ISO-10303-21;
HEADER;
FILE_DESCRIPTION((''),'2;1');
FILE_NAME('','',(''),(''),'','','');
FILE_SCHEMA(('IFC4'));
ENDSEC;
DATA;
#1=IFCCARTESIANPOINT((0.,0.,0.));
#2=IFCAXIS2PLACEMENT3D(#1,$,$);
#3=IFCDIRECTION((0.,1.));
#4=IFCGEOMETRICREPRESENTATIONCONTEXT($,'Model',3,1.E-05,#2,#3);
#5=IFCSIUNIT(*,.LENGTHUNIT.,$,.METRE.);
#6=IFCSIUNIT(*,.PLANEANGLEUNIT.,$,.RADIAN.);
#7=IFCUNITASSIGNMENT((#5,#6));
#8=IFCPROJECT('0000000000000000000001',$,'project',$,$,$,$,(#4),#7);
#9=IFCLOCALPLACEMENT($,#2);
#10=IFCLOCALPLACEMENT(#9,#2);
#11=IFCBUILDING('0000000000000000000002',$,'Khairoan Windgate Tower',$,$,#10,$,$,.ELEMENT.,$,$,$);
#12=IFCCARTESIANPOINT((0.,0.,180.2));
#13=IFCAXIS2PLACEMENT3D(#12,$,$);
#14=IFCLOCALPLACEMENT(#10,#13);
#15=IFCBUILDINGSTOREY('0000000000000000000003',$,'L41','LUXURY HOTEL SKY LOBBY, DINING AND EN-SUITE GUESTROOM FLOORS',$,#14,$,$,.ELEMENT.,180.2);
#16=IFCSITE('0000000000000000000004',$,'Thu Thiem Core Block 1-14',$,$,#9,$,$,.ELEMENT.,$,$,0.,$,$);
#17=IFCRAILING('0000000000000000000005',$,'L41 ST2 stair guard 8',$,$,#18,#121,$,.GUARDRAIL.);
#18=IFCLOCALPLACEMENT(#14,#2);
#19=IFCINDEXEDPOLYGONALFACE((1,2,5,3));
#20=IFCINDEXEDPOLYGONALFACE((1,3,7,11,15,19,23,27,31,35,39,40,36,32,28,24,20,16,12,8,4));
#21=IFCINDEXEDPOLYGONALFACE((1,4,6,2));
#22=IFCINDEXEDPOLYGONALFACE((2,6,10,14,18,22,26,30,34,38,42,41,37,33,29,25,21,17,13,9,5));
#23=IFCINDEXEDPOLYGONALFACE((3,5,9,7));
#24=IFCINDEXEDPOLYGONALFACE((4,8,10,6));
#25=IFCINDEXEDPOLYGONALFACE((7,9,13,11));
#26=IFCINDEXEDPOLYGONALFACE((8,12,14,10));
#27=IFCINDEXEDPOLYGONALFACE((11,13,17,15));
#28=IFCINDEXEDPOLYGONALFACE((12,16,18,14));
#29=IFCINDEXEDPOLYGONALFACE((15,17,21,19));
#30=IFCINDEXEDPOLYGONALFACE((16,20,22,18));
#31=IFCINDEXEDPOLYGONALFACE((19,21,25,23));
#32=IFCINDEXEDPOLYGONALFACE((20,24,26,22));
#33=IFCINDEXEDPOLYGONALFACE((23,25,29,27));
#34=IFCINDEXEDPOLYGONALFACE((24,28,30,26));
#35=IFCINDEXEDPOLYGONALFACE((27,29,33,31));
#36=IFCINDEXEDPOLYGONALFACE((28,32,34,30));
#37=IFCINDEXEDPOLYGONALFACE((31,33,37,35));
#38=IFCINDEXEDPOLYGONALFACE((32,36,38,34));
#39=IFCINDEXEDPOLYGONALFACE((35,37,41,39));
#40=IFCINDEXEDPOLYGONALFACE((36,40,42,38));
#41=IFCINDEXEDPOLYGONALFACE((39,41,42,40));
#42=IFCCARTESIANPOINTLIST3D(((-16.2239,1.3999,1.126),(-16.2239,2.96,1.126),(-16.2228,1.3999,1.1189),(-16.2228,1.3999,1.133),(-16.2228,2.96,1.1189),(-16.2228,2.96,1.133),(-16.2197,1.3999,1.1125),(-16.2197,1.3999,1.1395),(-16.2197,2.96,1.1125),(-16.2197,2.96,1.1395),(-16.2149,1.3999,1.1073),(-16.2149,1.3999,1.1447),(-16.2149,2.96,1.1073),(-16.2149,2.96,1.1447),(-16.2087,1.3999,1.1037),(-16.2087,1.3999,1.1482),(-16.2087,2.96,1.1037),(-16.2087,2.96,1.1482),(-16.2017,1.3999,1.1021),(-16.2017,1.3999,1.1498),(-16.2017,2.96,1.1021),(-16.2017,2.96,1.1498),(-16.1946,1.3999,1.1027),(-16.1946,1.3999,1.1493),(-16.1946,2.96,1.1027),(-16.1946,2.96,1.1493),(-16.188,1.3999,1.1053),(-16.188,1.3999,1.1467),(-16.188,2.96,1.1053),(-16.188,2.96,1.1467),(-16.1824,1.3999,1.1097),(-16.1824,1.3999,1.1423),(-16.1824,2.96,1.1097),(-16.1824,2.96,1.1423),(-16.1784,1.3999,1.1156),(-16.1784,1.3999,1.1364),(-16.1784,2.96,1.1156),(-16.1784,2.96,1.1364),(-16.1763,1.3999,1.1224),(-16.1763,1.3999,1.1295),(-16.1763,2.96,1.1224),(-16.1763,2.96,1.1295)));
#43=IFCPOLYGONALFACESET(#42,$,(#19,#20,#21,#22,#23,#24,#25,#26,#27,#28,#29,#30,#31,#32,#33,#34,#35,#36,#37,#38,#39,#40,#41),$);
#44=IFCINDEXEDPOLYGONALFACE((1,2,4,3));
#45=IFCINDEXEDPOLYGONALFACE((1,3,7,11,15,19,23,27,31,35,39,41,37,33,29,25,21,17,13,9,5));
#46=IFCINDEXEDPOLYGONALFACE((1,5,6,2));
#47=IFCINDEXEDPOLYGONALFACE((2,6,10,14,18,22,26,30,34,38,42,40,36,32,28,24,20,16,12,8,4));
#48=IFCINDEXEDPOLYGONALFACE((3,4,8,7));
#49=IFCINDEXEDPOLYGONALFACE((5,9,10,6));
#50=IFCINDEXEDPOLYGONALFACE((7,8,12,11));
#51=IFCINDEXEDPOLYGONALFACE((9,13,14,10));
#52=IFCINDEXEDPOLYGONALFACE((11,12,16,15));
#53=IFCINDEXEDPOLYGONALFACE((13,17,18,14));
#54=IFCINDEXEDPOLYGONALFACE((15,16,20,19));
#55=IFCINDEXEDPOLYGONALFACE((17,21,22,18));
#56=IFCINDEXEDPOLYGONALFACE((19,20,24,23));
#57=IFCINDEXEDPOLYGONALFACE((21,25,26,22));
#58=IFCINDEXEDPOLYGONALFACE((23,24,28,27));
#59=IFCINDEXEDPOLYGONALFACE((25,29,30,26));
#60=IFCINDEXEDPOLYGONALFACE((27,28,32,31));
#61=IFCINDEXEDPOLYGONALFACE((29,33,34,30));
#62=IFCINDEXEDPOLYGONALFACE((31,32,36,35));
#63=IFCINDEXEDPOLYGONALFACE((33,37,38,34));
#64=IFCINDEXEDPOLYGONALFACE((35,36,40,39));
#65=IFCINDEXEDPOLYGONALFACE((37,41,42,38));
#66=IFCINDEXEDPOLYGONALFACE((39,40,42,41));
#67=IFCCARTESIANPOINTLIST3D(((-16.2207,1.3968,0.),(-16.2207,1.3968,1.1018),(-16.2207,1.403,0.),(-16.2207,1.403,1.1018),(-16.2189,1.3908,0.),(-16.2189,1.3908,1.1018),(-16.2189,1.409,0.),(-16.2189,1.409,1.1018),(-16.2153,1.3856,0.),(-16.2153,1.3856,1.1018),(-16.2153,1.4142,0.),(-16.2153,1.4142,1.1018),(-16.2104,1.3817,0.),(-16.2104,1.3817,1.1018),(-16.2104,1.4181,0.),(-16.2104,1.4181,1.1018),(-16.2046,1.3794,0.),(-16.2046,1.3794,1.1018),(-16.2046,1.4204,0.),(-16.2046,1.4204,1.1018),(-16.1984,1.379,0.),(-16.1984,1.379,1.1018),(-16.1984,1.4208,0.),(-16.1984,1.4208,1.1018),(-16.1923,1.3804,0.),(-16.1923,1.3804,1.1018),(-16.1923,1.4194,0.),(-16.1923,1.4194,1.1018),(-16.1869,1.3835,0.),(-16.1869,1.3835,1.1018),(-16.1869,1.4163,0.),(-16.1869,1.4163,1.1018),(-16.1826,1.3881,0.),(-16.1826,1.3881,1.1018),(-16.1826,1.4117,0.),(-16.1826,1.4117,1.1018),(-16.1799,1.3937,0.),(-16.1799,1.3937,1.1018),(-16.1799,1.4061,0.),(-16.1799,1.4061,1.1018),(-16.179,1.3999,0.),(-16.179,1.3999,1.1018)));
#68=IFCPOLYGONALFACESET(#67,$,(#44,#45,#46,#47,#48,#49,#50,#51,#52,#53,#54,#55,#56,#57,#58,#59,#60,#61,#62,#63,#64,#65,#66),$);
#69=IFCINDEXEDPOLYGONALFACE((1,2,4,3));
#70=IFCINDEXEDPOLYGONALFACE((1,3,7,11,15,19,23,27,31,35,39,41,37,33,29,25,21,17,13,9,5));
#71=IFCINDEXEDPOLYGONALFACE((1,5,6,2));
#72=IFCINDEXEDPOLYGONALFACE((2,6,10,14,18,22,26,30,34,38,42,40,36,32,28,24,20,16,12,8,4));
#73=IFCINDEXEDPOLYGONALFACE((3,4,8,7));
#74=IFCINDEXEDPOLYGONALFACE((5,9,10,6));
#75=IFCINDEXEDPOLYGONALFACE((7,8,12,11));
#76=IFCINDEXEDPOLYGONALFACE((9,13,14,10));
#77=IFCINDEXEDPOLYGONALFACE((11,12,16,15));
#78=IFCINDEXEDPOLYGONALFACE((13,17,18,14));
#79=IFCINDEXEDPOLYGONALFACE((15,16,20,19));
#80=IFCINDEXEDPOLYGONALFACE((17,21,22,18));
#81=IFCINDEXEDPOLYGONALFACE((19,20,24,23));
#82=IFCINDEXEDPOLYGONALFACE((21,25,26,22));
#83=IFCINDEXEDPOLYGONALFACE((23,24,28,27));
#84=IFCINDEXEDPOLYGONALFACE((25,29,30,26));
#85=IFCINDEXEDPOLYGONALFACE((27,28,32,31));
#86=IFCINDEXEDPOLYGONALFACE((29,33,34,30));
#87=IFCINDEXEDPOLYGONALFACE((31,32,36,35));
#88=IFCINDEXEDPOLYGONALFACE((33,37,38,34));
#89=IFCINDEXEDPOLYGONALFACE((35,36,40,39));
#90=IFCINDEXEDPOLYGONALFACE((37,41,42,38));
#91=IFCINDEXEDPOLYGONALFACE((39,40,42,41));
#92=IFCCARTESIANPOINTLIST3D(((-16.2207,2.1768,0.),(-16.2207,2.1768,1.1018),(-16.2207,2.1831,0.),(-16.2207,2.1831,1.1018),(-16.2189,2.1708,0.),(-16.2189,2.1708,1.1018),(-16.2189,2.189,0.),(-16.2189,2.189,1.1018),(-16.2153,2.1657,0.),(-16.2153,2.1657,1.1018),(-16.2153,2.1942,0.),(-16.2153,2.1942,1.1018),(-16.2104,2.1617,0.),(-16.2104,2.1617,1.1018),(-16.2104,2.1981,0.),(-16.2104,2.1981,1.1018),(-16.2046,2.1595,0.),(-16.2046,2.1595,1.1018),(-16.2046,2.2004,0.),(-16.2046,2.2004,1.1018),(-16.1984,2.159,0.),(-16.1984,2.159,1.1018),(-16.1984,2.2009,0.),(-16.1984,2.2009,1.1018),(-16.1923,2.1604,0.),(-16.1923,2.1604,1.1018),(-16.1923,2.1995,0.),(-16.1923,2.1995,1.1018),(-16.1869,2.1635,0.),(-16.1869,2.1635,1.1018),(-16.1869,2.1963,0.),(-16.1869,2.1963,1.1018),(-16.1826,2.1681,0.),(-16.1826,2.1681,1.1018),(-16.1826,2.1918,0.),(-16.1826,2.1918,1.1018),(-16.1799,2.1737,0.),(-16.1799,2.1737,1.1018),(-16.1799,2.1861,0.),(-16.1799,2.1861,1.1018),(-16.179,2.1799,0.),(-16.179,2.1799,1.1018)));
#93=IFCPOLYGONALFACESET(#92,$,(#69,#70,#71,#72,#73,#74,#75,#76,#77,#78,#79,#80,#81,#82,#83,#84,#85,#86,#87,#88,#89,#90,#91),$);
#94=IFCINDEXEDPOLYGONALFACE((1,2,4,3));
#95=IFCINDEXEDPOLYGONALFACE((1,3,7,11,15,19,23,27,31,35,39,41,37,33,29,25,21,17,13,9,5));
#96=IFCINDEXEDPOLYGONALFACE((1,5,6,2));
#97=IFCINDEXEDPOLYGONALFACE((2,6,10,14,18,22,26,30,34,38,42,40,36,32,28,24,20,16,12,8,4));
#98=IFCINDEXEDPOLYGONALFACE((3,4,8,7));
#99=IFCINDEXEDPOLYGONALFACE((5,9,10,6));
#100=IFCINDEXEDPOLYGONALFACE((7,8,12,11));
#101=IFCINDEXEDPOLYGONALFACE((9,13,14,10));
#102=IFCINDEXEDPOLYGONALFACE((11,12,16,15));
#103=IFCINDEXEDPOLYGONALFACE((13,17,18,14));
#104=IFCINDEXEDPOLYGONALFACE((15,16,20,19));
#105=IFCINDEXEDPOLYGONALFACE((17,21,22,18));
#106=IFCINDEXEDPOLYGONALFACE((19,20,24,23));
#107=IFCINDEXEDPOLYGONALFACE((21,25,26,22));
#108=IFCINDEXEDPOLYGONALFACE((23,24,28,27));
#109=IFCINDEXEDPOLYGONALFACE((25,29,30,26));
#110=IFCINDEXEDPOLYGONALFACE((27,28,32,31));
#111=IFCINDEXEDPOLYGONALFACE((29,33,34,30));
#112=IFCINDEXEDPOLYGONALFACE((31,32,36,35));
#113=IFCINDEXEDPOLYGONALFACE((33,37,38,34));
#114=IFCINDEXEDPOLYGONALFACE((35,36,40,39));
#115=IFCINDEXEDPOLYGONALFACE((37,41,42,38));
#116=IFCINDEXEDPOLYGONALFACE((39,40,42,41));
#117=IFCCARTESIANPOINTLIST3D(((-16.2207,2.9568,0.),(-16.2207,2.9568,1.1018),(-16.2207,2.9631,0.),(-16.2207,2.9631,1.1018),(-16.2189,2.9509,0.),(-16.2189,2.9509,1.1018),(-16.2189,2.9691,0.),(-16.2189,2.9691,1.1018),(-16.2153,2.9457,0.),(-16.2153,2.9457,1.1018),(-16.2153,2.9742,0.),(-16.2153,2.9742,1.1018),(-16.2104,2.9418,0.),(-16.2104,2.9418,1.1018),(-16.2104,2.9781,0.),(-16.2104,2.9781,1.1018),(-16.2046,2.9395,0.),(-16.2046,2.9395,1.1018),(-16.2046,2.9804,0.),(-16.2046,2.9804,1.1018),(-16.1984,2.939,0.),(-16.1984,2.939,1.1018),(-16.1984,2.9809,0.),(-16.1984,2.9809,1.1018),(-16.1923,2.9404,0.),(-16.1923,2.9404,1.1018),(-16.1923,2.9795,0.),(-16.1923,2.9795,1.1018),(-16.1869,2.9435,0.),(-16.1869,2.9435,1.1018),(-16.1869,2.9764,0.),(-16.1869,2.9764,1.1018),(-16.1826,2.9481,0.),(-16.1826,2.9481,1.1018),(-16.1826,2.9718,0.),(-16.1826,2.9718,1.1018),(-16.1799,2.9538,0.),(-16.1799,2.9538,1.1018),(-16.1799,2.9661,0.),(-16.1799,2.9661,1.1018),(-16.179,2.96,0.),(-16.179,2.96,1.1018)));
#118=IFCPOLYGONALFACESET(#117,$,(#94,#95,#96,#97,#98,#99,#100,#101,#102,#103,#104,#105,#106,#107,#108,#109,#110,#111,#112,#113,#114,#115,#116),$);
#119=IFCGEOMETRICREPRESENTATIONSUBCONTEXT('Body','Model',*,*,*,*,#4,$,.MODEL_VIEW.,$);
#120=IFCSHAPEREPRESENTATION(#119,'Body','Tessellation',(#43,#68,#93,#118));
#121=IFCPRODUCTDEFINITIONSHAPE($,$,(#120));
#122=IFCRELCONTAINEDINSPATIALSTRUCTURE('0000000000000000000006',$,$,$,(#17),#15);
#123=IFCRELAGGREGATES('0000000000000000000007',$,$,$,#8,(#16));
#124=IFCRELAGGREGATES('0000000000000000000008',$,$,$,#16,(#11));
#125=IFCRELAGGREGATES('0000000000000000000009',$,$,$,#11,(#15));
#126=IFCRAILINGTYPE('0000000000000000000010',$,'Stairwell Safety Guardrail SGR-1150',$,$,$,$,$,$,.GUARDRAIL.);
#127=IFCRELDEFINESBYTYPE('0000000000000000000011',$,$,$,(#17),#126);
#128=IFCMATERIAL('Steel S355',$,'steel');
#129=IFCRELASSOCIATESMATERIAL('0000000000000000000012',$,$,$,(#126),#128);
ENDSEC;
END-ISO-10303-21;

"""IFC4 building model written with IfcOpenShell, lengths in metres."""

from ifc_helpers import new_model, si_unit, direction, frame, origin, origin_2d, place, context, subcontext, project, spatial, circle, extrude, material, type_object, element, save


model = new_model("IFC4")

# Units and contexts
model_context = context("Model", 3, precision=1e-05, world=origin(), true_north=direction((0.0, 1.0)))
body_context = subcontext(model_context, "Body", "Model", "MODEL_VIEW")
ifc_project = project(units=[si_unit("LENGTHUNIT", "METRE"), si_unit("PLANEANGLEUNIT", "RADIAN")], contexts=[model_context])

# Site, building, storey
site_placement = place(None, origin())
site = spatial("IfcSite", under=ifc_project, at=site_placement, Name="Thu Thiem Core Block 1-14", CompositionType="ELEMENT", RefElevation=0.0)
building_placement = place(site_placement, origin())
building = spatial("IfcBuilding", under=site, at=building_placement, Name="Khairoan Windgate Tower", CompositionType="ELEMENT")
storey_placement = place(building_placement, frame((0.0, 0.0, 180.2)))
storey = spatial("IfcBuildingStorey", under=building, at=storey_placement, Name="L41", Description="LUXURY HOTEL SKY LOBBY, DINING AND EN-SUITE GUESTROOM FLOORS", CompositionType="ELEMENT", Elevation=180.2)

# Railing
ifc_material_1 = material(Name="Steel S355", Category="steel")
railing_type_1 = type_object("IfcRailingType", Name="Stairwell Safety Guardrail SGR-1150", PredefinedType="GUARDRAIL", material=ifc_material_1)
railing_1_placement = place(storey_placement, frame((-16.2, 1.3999, 0.0)))
element("IfcRailing", 1, at=railing_1_placement, inside=storey, type_object=railing_type_1, Name="L41 ST2 stair guard 8", PredefinedType="GUARDRAIL", context=body_context, shape_type="SweptSolid", body=[
    extrude(circle(Radius=0.0239, at=origin_2d()), frame((0.0, 0.0, 1.126), z_axis=(0.0, 1.0, 0.0), x_axis=(-1.0, 0.0, 0.0)), (0.0, 0.0, 1.0), 1.5601),
    extrude(circle(Radius=0.021, at=origin_2d()), origin(), (0.0, 0.0, 1.0), 1.1018),
    extrude(circle(Radius=0.021, at=origin_2d()), frame((0.0, 0.78, 0.0)), (0.0, 0.0, 1.0), 1.1018),
    extrude(circle(Radius=0.021, at=origin_2d()), frame((0.0, 1.5601, 0.0)), (0.0, 0.0, 1.0), 1.1018),
])

save(model, "model.ifc")
